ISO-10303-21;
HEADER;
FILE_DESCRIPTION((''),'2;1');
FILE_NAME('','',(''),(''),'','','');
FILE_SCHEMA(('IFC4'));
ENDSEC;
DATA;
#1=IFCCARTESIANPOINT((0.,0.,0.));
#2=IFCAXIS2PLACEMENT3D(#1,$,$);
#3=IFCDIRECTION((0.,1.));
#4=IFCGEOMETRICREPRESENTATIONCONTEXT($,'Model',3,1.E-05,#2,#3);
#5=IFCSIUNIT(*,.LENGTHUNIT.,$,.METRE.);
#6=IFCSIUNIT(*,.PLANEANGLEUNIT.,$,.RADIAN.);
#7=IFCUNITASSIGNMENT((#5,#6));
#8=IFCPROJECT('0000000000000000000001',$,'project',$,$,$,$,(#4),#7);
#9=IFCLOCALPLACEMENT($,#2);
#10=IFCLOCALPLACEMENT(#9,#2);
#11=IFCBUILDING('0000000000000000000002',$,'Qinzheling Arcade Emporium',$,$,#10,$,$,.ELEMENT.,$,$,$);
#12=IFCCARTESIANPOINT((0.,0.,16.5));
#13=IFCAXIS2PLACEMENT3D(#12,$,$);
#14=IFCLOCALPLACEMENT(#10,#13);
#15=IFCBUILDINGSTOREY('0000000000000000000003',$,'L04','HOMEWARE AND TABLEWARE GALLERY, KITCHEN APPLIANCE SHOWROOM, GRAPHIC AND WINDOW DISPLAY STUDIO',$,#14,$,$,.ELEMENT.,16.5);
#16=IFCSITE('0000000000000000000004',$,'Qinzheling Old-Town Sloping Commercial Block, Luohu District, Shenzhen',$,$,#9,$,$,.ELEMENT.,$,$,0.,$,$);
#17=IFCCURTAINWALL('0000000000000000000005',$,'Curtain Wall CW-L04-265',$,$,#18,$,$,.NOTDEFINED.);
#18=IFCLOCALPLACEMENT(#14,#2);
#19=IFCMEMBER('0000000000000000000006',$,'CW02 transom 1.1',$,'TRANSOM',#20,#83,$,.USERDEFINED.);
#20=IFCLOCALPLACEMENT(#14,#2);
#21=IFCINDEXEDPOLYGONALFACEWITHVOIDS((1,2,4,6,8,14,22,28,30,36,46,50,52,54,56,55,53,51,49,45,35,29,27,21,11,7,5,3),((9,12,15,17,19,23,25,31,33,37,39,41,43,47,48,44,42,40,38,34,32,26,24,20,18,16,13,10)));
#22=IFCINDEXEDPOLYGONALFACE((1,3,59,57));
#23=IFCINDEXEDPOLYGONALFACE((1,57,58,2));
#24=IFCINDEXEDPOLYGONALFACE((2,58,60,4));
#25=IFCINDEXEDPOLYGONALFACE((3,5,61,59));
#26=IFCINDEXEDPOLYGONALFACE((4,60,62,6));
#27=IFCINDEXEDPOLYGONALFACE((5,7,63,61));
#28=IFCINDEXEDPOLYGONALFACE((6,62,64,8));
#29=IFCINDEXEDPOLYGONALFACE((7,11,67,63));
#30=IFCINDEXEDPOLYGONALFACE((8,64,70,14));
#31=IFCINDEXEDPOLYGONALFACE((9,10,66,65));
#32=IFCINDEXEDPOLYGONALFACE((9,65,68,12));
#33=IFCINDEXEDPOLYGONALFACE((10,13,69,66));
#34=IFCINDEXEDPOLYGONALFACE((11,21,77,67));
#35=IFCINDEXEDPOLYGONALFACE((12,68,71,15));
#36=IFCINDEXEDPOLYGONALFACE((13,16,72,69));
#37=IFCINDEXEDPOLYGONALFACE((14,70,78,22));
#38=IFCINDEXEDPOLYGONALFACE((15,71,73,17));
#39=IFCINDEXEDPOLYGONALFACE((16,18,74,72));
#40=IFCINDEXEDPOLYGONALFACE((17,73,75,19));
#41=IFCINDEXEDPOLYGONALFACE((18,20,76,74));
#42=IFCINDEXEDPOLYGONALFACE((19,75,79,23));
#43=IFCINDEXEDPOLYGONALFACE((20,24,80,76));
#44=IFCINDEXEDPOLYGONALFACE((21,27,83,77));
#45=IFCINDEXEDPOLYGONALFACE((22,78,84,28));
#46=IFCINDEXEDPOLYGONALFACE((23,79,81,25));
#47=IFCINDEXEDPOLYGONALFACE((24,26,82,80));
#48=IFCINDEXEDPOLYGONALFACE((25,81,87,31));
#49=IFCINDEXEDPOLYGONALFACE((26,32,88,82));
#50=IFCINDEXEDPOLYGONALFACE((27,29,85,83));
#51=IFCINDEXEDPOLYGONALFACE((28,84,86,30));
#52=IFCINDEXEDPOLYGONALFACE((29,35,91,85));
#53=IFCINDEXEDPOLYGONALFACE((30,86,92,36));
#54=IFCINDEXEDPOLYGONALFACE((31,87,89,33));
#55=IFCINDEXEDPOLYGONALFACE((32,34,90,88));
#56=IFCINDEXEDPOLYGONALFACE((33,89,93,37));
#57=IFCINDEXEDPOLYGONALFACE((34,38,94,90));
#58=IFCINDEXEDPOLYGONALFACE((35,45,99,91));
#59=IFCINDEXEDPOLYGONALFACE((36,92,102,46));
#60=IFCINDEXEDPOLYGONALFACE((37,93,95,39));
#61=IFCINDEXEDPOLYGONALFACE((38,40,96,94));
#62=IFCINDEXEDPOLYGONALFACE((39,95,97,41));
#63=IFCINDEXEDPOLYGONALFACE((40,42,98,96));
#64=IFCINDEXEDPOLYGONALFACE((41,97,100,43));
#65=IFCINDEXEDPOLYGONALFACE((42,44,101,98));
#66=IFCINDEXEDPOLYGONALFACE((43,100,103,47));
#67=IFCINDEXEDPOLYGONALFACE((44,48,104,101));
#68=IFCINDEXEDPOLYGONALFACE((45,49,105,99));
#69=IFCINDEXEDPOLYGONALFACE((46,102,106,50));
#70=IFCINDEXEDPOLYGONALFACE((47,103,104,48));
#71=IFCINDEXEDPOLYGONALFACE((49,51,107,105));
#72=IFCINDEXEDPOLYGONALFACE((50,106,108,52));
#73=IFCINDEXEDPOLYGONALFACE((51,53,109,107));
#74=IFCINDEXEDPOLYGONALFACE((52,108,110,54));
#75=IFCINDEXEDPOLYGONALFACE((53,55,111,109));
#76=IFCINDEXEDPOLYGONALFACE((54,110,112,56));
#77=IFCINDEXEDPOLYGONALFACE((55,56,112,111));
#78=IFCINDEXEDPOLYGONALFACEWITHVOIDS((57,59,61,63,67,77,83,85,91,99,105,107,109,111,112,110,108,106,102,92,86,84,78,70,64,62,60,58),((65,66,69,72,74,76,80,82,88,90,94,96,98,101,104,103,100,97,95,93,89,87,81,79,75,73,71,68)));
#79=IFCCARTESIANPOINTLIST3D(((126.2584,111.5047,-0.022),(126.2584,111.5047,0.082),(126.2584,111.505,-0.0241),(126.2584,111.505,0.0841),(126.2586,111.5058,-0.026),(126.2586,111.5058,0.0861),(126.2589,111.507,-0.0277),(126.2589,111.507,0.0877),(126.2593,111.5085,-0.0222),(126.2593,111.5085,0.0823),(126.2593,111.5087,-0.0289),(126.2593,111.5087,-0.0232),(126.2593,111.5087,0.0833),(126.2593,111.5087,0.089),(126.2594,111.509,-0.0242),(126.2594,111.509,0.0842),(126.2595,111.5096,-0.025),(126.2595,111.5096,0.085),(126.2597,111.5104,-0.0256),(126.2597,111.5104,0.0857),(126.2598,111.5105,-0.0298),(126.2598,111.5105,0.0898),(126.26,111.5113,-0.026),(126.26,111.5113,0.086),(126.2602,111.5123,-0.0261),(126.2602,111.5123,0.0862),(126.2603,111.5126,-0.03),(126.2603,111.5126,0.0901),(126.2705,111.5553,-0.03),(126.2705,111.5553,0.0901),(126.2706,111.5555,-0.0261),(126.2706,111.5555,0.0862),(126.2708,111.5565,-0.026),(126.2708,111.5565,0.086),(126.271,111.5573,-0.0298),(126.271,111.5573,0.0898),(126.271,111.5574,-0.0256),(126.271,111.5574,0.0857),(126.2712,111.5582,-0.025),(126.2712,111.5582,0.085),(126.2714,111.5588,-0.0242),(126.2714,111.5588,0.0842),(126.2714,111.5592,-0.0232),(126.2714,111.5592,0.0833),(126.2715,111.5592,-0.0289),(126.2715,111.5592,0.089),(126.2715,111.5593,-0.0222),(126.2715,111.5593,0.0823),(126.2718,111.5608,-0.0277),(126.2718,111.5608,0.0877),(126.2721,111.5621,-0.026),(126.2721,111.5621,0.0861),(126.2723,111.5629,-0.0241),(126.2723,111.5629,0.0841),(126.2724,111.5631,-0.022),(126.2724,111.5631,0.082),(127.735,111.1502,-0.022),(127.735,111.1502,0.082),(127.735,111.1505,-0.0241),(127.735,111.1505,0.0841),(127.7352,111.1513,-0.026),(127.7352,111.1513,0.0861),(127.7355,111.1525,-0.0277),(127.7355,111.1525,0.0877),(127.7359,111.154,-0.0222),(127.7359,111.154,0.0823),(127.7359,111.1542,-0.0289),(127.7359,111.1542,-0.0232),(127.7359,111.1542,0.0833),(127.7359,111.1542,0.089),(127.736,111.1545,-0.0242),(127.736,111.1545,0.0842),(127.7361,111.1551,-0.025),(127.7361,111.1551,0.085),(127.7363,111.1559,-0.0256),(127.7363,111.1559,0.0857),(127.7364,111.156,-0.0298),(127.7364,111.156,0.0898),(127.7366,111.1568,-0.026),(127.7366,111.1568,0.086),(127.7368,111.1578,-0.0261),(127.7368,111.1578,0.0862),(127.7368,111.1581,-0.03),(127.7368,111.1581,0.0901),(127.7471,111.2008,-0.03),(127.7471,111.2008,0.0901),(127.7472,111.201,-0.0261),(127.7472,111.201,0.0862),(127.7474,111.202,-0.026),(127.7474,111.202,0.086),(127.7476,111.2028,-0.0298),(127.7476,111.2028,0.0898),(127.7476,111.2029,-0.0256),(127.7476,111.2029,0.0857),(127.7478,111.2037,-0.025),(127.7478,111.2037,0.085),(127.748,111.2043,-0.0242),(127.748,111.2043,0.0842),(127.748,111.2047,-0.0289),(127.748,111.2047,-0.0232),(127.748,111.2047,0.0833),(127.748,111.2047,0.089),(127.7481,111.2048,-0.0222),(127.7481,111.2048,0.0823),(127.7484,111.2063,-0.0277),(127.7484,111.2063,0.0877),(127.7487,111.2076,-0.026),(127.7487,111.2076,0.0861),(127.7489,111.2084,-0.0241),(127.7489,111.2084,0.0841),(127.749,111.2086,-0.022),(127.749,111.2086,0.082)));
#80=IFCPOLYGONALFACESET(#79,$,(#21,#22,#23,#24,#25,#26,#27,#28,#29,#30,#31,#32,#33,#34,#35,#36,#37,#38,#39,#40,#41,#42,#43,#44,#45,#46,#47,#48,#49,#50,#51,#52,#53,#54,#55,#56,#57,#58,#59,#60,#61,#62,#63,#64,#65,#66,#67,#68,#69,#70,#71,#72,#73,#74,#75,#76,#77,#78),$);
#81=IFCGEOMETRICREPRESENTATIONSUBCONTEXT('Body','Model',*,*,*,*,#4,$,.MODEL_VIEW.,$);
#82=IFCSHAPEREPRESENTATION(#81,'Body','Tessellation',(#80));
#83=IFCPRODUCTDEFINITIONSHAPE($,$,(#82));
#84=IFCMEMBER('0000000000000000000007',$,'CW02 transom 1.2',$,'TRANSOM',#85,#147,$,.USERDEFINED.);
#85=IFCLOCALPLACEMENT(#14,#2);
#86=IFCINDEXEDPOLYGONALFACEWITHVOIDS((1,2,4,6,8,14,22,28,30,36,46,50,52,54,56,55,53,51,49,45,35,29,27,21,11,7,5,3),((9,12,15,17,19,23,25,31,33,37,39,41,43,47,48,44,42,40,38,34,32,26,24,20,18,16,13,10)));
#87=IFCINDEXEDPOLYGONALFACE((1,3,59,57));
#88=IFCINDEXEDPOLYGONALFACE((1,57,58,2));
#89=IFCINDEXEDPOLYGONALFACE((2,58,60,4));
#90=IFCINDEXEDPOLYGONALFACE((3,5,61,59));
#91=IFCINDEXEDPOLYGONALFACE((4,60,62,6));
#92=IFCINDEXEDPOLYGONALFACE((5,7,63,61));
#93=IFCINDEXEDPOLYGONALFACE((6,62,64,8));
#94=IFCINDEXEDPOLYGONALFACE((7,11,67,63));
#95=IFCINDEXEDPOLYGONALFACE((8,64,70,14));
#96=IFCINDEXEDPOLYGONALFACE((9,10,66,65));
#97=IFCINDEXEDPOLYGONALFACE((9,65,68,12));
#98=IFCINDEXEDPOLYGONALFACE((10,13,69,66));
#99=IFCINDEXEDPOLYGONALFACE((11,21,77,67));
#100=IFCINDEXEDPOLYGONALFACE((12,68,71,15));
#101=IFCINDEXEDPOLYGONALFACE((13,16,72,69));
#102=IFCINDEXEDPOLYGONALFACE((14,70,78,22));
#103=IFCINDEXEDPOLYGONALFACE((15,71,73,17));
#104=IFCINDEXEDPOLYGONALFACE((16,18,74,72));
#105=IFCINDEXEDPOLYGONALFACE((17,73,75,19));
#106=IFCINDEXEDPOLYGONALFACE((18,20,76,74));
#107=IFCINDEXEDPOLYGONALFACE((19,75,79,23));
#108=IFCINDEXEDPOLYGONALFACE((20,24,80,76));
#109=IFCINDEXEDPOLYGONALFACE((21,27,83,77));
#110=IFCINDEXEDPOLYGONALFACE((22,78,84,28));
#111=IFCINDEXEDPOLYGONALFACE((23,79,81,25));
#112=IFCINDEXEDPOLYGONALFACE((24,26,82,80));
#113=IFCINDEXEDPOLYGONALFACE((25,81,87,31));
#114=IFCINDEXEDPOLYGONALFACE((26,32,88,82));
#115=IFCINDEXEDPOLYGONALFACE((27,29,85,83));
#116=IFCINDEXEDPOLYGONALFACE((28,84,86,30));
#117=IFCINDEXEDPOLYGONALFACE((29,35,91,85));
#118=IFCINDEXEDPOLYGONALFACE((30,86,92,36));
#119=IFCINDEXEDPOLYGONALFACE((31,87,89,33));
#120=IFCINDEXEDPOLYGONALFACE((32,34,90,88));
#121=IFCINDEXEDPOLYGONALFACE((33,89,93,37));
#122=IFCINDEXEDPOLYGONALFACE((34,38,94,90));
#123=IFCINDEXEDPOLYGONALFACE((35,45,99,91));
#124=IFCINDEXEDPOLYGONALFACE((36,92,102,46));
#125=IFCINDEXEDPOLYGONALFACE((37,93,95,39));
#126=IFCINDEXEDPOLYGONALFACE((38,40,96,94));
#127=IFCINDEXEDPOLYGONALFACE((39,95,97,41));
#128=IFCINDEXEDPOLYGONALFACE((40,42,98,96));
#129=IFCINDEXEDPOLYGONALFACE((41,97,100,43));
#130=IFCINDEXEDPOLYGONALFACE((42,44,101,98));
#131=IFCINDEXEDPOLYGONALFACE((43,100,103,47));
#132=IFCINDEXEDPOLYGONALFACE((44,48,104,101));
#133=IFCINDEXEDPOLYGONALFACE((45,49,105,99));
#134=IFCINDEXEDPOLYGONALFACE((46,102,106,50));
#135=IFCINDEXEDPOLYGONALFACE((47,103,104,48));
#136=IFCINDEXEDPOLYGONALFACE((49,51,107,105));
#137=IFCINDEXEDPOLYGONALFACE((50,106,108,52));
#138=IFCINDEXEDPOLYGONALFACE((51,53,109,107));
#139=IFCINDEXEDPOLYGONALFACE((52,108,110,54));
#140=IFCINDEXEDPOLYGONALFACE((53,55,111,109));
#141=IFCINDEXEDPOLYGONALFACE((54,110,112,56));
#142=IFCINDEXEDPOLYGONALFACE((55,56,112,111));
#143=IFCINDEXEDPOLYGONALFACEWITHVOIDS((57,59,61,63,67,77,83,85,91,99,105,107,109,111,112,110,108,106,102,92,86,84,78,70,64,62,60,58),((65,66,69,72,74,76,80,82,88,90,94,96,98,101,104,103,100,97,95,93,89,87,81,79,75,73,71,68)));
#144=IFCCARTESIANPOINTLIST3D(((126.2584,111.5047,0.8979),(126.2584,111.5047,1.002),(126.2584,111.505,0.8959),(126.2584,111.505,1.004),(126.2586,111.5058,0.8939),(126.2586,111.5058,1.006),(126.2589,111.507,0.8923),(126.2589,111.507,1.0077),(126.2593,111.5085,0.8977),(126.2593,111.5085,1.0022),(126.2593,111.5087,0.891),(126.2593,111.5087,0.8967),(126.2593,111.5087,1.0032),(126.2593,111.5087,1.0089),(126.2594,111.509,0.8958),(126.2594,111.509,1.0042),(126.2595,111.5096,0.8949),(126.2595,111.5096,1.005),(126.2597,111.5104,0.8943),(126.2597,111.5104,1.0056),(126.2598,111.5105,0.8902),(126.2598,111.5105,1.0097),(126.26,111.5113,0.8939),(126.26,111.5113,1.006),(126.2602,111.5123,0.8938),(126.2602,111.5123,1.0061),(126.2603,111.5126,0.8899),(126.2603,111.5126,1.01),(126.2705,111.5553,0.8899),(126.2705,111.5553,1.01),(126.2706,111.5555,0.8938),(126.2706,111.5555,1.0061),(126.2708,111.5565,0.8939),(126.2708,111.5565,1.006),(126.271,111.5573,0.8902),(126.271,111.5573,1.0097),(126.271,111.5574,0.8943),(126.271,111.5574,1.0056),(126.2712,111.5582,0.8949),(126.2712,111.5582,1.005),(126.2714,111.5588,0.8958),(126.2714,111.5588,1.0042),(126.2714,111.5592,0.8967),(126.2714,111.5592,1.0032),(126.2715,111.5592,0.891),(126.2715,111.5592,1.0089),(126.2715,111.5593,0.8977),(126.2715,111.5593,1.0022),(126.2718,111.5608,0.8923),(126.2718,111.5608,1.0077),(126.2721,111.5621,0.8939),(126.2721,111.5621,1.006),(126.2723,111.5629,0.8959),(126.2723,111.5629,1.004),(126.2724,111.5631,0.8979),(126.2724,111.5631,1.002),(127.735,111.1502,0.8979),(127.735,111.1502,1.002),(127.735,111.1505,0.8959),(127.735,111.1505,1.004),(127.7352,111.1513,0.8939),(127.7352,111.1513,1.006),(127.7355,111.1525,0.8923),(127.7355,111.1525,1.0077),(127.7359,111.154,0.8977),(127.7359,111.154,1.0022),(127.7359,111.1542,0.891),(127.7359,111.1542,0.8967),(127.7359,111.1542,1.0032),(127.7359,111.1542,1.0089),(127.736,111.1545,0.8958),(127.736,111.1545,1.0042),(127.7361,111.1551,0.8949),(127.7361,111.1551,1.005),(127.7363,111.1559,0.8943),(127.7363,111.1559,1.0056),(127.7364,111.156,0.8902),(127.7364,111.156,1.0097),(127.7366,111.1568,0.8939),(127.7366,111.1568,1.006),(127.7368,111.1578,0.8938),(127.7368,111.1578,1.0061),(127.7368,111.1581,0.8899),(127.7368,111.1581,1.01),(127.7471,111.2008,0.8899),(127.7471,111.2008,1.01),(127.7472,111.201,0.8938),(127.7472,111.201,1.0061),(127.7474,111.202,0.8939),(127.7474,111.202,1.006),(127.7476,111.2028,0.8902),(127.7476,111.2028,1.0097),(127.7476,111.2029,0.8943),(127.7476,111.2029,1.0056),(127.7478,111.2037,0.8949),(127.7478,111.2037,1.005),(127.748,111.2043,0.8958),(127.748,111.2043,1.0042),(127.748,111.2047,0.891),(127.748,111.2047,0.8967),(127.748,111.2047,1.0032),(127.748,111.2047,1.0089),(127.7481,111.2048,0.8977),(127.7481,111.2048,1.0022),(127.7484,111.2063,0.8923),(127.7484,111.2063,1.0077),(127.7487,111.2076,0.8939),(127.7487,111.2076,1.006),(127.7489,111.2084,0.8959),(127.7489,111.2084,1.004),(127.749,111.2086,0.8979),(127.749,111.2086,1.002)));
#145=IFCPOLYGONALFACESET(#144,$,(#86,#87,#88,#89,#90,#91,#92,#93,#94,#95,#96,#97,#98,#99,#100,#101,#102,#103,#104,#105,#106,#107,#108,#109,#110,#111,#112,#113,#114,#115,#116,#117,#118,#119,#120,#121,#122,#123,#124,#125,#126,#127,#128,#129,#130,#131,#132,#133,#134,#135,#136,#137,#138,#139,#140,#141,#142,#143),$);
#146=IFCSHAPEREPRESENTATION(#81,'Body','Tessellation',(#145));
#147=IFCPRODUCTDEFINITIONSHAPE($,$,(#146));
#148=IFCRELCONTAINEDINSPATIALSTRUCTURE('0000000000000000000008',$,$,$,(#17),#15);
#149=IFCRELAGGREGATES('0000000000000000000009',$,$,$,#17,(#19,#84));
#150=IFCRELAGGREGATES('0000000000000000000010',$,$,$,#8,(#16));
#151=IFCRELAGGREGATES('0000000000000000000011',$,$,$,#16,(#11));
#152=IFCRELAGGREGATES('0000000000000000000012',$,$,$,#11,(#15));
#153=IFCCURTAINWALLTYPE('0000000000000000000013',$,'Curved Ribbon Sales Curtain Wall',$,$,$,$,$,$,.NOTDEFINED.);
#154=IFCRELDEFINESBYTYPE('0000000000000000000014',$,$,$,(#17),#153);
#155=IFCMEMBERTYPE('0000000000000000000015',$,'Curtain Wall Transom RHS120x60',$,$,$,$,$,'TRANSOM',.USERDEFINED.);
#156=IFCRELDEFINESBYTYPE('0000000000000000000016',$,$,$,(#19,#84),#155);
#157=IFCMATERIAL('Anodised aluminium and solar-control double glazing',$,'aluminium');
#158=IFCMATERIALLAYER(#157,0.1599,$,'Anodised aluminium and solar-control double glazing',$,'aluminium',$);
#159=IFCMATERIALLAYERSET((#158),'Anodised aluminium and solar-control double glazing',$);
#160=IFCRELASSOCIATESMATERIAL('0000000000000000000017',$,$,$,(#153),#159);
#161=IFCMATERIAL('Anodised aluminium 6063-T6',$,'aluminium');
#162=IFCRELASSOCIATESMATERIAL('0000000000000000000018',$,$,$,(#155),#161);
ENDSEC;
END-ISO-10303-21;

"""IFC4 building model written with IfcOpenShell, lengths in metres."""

from ifc_helpers import new_model, si_unit, direction, frame, origin, origin_2d, place, context, subcontext, project, spatial, hollow_rectangle, extrude, material, layer, layer_set, material_profile, profile_set, type_object, element, aggregate, save


model = new_model("IFC4")

# Units and contexts
model_context = context("Model", 3, precision=1e-05, world=origin(), true_north=direction((0.0, 1.0)))
body_context = subcontext(model_context, "Body", "Model", "MODEL_VIEW")
ifc_project = project(units=[si_unit("LENGTHUNIT", "METRE"), si_unit("PLANEANGLEUNIT", "RADIAN")], contexts=[model_context])

# Site, building, storey
site_placement = place(None, origin())
site = spatial("IfcSite", under=ifc_project, at=site_placement, Name="Qinzheling Old-Town Sloping Commercial Block, Luohu District, Shenzhen", CompositionType="ELEMENT", RefElevation=0.0)
building_placement = place(site_placement, origin())
building = spatial("IfcBuilding", under=site, at=building_placement, Name="Qinzheling Arcade Emporium", CompositionType="ELEMENT")
storey_placement = place(building_placement, frame((0.0, 0.0, 16.5)))
storey = spatial("IfcBuildingStorey", under=building, at=storey_placement, Name="L04", Description="HOMEWARE AND TABLEWARE GALLERY, KITCHEN APPLIANCE SHOWROOM, GRAPHIC AND WINDOW DISPLAY STUDIO", CompositionType="ELEMENT", Elevation=16.5)

# Shared definitions
ifc_material_1 = material(Name="Anodised aluminium and solar-control double glazing", Category="aluminium")
ifc_material_2 = material(Name="Anodised aluminium 6063-T6", Category="aluminium")

# Curtain wall
ifc_layer_1 = layer(ifc_material_1, 0.1599, Name="Anodised aluminium and solar-control double glazing", Category="aluminium")
ifc_layer_set_1 = layer_set([ifc_layer_1], Name="Anodised aluminium and solar-control double glazing")
curtain_wall_type_1 = type_object("IfcCurtainWallType", Name="Curved Ribbon Sales Curtain Wall", PredefinedType="NOTDEFINED", material=ifc_layer_set_1)
curtain_wall_1_placement = place(storey_placement, origin())
curtain_wall_1 = element("IfcCurtainWall", 1, at=curtain_wall_1_placement, inside=storey, type_object=curtain_wall_type_1, Name="Curtain Wall CW-L04-265", PredefinedType="NOTDEFINED")

# Members
ifc_material_profile_1 = material_profile(ifc_material_2, hollow_rectangle(XDim=0.0601, YDim=0.1201, WallThickness=0.0039, InnerFilletRadius=0.0039, OuterFilletRadius=0.0081, at=origin_2d()), Name="RHS 120x60x4", Category="aluminium")
ifc_profile_set_1 = profile_set([ifc_material_profile_1], Name="Anodised aluminium 6063-T6")
member_type_1 = type_object("IfcMemberType", Name="Curtain Wall Transom RHS120x60", ElementType="TRANSOM", PredefinedType="USERDEFINED", material=ifc_profile_set_1)
member_1_placement = place(storey_placement, frame((126.2654, 111.5339, 0.03), z_axis=(0.97237, -0.233446, 0.0), x_axis=(0.233446, 0.97237, 0.0)))
member_1 = element("IfcMember", 2, at=member_1_placement, type_object=member_type_1, Name="CW02 transom 1.1", ObjectType="TRANSOM", PredefinedType="USERDEFINED", context=body_context, shape_type="SweptSolid", body=[
    extrude(hollow_rectangle(XDim=0.0601, YDim=0.1201, WallThickness=0.0039, InnerFilletRadius=0.0039, OuterFilletRadius=0.0081, at=origin_2d()), origin(), (0.0, 0.0, 1.0), 1.5186),
])
member_2_placement = place(storey_placement, frame((126.2654, 111.5339, 0.95), z_axis=(0.97237, -0.233446, 0.0), x_axis=(0.233446, 0.97237, 0.0)))
member_2 = element("IfcMember", 3, at=member_2_placement, type_object=member_type_1, Name="CW02 transom 1.2", ObjectType="TRANSOM", PredefinedType="USERDEFINED", context=body_context, shape_type="SweptSolid", body=[
    extrude(hollow_rectangle(XDim=0.0601, YDim=0.1201, WallThickness=0.0039, InnerFilletRadius=0.0039, OuterFilletRadius=0.0081, at=origin_2d()), origin(), (0.0, 0.0, 1.0), 1.5186),
])

aggregate(curtain_wall_1, [member_1, member_2])

save(model, "model.ifc")
